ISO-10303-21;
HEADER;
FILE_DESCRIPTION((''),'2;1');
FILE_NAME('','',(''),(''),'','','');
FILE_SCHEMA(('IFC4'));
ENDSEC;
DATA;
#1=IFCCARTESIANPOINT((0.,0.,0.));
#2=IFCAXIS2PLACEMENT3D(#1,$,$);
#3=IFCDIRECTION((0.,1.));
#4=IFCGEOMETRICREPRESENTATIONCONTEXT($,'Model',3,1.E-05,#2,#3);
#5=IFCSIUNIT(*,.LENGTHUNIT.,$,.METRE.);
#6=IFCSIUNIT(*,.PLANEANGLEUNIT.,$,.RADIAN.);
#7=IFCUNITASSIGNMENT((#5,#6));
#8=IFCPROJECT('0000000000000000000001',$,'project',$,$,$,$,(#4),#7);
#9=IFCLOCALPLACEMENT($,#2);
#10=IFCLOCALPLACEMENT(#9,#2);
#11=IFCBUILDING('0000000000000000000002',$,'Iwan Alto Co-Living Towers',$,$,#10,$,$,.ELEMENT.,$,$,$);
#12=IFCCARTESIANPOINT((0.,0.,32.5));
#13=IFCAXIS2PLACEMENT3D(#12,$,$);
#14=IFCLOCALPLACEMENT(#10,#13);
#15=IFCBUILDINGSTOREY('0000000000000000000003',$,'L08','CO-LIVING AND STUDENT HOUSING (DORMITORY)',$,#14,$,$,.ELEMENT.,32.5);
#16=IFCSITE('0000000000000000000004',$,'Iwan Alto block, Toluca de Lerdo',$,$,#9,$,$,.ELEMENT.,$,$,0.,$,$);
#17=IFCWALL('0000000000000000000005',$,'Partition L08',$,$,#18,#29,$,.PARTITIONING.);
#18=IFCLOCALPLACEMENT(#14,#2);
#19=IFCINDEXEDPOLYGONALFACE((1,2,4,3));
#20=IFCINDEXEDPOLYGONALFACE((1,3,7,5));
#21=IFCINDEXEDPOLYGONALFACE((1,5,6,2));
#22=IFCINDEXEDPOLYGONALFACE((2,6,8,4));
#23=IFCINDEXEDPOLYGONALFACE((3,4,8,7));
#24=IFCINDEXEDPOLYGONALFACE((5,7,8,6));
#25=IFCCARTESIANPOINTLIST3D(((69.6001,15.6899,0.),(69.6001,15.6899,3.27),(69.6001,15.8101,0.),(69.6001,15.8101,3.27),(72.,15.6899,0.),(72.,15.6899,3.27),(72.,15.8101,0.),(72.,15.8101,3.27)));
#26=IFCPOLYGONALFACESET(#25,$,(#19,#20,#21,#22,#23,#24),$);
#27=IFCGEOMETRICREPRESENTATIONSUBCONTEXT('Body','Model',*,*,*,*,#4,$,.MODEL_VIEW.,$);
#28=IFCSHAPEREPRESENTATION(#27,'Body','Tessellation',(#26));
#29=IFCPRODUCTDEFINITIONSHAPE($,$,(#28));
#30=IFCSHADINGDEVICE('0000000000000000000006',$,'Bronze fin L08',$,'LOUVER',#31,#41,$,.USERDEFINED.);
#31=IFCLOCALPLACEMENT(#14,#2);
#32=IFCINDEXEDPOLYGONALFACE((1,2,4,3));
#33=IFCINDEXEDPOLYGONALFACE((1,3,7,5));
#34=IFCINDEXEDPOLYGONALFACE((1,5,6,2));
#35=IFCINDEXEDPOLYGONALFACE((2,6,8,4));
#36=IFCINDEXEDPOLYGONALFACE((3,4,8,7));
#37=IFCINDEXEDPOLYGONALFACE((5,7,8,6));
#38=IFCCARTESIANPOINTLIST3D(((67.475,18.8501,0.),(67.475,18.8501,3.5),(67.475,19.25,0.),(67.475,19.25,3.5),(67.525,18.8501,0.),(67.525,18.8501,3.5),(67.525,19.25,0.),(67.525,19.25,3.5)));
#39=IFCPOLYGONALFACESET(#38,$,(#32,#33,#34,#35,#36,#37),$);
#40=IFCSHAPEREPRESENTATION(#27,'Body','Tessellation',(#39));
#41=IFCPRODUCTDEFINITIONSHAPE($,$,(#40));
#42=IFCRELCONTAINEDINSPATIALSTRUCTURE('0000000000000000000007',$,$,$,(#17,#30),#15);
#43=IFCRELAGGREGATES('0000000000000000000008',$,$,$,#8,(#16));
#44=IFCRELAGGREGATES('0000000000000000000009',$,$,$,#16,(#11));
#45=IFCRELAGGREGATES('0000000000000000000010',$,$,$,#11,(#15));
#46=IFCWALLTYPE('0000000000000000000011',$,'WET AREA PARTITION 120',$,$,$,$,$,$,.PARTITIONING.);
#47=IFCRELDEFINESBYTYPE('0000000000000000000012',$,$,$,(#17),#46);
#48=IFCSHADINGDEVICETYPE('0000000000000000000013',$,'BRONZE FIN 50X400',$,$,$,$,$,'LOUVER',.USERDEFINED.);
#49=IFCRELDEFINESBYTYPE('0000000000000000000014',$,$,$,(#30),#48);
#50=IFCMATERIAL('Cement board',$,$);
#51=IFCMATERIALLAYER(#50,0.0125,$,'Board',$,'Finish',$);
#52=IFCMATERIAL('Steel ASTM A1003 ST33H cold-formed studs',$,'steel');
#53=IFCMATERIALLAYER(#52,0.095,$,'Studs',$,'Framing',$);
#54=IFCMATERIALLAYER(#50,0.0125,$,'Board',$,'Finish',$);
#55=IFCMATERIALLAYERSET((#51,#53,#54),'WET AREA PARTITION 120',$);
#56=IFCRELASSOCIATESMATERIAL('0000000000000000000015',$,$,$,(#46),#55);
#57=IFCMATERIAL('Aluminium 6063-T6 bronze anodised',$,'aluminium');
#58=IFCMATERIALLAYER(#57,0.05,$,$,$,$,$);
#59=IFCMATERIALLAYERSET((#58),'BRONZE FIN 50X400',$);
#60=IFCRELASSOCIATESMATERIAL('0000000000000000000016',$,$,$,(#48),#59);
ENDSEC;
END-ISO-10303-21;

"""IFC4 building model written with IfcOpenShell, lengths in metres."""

from ifc_helpers import new_model, si_unit, direction, frame, frame_2d, origin, origin_2d, place, context, subcontext, project, spatial, rectangle, extrude, material, layer, layer_set, type_object, element, save


model = new_model("IFC4")

# Units and contexts
model_context = context("Model", 3, precision=1e-05, world=origin(), true_north=direction((0.0, 1.0)))
body_context = subcontext(model_context, "Body", "Model", "MODEL_VIEW")
ifc_project = project(units=[si_unit("LENGTHUNIT", "METRE"), si_unit("PLANEANGLEUNIT", "RADIAN")], contexts=[model_context])

# Site, building, storey
site_placement = place(None, origin())
site = spatial("IfcSite", under=ifc_project, at=site_placement, Name="Iwan Alto block, Toluca de Lerdo", CompositionType="ELEMENT", RefElevation=0.0)
building_placement = place(site_placement, origin())
building = spatial("IfcBuilding", under=site, at=building_placement, Name="Iwan Alto Co-Living Towers", CompositionType="ELEMENT")
storey_placement = place(building_placement, frame((0.0, 0.0, 32.5)))
storey = spatial("IfcBuildingStorey", under=building, at=storey_placement, Name="L08", Description="CO-LIVING AND STUDENT HOUSING (DORMITORY)", CompositionType="ELEMENT", Elevation=32.5)

# Wall
ifc_material_1 = material(Name="Steel ASTM A1003 ST33H cold-formed studs", Category="steel")
ifc_material_2 = material(Name="Cement board")
ifc_layer_1 = layer(ifc_material_2, 0.0125, Name="Board", Category="Finish")
ifc_layer_2 = layer(ifc_material_1, 0.095, Name="Studs", Category="Framing")
ifc_layer_3 = layer(ifc_material_2, 0.0125, Name="Board", Category="Finish")
ifc_layer_set_1 = layer_set([ifc_layer_1, ifc_layer_2, ifc_layer_3], Name="WET AREA PARTITION 120")
wall_type_1 = type_object("IfcWallType", Name="WET AREA PARTITION 120", PredefinedType="PARTITIONING", material=ifc_layer_set_1)
wall_1_placement = place(storey_placement, frame((69.6001, 15.75, 0.0), z_axis=(0.0, 0.0, 1.0), x_axis=(1.0, 0.0, 0.0)))
element("IfcWall", 1, at=wall_1_placement, inside=storey, type_object=wall_type_1, Name="Partition L08", PredefinedType="PARTITIONING", context=body_context, shape_type="SweptSolid", body=[
    extrude(rectangle(XDim=2.3999, YDim=0.1201, at=frame_2d((1.2, 0.0))), origin(), (0.0, 0.0, 1.0), 3.27),
])

# Shading device
ifc_material_3 = material(Name="Aluminium 6063-T6 bronze anodised", Category="aluminium")
ifc_layer_4 = layer(ifc_material_3, 0.05)
ifc_layer_set_2 = layer_set([ifc_layer_4], Name="BRONZE FIN 50X400")
shading_device_type = type_object("IfcShadingDeviceType", Name="BRONZE FIN 50X400", ElementType="LOUVER", PredefinedType="USERDEFINED", material=ifc_layer_set_2)
shading_device_placement = place(storey_placement, frame((67.5, 19.05, 0.0), z_axis=(0.0, 0.0, 1.0), x_axis=(-1.0, 0.0, 0.0)))
element("IfcShadingDevice", 2, at=shading_device_placement, inside=storey, type_object=shading_device_type, Name="Bronze fin L08", ObjectType="LOUVER", PredefinedType="USERDEFINED", context=body_context, shape_type="SweptSolid", body=[
    extrude(rectangle(XDim=0.05, YDim=0.3999, at=origin_2d()), origin(), (0.0, 0.0, 1.0), 3.5),
])

save(model, "model.ifc")
